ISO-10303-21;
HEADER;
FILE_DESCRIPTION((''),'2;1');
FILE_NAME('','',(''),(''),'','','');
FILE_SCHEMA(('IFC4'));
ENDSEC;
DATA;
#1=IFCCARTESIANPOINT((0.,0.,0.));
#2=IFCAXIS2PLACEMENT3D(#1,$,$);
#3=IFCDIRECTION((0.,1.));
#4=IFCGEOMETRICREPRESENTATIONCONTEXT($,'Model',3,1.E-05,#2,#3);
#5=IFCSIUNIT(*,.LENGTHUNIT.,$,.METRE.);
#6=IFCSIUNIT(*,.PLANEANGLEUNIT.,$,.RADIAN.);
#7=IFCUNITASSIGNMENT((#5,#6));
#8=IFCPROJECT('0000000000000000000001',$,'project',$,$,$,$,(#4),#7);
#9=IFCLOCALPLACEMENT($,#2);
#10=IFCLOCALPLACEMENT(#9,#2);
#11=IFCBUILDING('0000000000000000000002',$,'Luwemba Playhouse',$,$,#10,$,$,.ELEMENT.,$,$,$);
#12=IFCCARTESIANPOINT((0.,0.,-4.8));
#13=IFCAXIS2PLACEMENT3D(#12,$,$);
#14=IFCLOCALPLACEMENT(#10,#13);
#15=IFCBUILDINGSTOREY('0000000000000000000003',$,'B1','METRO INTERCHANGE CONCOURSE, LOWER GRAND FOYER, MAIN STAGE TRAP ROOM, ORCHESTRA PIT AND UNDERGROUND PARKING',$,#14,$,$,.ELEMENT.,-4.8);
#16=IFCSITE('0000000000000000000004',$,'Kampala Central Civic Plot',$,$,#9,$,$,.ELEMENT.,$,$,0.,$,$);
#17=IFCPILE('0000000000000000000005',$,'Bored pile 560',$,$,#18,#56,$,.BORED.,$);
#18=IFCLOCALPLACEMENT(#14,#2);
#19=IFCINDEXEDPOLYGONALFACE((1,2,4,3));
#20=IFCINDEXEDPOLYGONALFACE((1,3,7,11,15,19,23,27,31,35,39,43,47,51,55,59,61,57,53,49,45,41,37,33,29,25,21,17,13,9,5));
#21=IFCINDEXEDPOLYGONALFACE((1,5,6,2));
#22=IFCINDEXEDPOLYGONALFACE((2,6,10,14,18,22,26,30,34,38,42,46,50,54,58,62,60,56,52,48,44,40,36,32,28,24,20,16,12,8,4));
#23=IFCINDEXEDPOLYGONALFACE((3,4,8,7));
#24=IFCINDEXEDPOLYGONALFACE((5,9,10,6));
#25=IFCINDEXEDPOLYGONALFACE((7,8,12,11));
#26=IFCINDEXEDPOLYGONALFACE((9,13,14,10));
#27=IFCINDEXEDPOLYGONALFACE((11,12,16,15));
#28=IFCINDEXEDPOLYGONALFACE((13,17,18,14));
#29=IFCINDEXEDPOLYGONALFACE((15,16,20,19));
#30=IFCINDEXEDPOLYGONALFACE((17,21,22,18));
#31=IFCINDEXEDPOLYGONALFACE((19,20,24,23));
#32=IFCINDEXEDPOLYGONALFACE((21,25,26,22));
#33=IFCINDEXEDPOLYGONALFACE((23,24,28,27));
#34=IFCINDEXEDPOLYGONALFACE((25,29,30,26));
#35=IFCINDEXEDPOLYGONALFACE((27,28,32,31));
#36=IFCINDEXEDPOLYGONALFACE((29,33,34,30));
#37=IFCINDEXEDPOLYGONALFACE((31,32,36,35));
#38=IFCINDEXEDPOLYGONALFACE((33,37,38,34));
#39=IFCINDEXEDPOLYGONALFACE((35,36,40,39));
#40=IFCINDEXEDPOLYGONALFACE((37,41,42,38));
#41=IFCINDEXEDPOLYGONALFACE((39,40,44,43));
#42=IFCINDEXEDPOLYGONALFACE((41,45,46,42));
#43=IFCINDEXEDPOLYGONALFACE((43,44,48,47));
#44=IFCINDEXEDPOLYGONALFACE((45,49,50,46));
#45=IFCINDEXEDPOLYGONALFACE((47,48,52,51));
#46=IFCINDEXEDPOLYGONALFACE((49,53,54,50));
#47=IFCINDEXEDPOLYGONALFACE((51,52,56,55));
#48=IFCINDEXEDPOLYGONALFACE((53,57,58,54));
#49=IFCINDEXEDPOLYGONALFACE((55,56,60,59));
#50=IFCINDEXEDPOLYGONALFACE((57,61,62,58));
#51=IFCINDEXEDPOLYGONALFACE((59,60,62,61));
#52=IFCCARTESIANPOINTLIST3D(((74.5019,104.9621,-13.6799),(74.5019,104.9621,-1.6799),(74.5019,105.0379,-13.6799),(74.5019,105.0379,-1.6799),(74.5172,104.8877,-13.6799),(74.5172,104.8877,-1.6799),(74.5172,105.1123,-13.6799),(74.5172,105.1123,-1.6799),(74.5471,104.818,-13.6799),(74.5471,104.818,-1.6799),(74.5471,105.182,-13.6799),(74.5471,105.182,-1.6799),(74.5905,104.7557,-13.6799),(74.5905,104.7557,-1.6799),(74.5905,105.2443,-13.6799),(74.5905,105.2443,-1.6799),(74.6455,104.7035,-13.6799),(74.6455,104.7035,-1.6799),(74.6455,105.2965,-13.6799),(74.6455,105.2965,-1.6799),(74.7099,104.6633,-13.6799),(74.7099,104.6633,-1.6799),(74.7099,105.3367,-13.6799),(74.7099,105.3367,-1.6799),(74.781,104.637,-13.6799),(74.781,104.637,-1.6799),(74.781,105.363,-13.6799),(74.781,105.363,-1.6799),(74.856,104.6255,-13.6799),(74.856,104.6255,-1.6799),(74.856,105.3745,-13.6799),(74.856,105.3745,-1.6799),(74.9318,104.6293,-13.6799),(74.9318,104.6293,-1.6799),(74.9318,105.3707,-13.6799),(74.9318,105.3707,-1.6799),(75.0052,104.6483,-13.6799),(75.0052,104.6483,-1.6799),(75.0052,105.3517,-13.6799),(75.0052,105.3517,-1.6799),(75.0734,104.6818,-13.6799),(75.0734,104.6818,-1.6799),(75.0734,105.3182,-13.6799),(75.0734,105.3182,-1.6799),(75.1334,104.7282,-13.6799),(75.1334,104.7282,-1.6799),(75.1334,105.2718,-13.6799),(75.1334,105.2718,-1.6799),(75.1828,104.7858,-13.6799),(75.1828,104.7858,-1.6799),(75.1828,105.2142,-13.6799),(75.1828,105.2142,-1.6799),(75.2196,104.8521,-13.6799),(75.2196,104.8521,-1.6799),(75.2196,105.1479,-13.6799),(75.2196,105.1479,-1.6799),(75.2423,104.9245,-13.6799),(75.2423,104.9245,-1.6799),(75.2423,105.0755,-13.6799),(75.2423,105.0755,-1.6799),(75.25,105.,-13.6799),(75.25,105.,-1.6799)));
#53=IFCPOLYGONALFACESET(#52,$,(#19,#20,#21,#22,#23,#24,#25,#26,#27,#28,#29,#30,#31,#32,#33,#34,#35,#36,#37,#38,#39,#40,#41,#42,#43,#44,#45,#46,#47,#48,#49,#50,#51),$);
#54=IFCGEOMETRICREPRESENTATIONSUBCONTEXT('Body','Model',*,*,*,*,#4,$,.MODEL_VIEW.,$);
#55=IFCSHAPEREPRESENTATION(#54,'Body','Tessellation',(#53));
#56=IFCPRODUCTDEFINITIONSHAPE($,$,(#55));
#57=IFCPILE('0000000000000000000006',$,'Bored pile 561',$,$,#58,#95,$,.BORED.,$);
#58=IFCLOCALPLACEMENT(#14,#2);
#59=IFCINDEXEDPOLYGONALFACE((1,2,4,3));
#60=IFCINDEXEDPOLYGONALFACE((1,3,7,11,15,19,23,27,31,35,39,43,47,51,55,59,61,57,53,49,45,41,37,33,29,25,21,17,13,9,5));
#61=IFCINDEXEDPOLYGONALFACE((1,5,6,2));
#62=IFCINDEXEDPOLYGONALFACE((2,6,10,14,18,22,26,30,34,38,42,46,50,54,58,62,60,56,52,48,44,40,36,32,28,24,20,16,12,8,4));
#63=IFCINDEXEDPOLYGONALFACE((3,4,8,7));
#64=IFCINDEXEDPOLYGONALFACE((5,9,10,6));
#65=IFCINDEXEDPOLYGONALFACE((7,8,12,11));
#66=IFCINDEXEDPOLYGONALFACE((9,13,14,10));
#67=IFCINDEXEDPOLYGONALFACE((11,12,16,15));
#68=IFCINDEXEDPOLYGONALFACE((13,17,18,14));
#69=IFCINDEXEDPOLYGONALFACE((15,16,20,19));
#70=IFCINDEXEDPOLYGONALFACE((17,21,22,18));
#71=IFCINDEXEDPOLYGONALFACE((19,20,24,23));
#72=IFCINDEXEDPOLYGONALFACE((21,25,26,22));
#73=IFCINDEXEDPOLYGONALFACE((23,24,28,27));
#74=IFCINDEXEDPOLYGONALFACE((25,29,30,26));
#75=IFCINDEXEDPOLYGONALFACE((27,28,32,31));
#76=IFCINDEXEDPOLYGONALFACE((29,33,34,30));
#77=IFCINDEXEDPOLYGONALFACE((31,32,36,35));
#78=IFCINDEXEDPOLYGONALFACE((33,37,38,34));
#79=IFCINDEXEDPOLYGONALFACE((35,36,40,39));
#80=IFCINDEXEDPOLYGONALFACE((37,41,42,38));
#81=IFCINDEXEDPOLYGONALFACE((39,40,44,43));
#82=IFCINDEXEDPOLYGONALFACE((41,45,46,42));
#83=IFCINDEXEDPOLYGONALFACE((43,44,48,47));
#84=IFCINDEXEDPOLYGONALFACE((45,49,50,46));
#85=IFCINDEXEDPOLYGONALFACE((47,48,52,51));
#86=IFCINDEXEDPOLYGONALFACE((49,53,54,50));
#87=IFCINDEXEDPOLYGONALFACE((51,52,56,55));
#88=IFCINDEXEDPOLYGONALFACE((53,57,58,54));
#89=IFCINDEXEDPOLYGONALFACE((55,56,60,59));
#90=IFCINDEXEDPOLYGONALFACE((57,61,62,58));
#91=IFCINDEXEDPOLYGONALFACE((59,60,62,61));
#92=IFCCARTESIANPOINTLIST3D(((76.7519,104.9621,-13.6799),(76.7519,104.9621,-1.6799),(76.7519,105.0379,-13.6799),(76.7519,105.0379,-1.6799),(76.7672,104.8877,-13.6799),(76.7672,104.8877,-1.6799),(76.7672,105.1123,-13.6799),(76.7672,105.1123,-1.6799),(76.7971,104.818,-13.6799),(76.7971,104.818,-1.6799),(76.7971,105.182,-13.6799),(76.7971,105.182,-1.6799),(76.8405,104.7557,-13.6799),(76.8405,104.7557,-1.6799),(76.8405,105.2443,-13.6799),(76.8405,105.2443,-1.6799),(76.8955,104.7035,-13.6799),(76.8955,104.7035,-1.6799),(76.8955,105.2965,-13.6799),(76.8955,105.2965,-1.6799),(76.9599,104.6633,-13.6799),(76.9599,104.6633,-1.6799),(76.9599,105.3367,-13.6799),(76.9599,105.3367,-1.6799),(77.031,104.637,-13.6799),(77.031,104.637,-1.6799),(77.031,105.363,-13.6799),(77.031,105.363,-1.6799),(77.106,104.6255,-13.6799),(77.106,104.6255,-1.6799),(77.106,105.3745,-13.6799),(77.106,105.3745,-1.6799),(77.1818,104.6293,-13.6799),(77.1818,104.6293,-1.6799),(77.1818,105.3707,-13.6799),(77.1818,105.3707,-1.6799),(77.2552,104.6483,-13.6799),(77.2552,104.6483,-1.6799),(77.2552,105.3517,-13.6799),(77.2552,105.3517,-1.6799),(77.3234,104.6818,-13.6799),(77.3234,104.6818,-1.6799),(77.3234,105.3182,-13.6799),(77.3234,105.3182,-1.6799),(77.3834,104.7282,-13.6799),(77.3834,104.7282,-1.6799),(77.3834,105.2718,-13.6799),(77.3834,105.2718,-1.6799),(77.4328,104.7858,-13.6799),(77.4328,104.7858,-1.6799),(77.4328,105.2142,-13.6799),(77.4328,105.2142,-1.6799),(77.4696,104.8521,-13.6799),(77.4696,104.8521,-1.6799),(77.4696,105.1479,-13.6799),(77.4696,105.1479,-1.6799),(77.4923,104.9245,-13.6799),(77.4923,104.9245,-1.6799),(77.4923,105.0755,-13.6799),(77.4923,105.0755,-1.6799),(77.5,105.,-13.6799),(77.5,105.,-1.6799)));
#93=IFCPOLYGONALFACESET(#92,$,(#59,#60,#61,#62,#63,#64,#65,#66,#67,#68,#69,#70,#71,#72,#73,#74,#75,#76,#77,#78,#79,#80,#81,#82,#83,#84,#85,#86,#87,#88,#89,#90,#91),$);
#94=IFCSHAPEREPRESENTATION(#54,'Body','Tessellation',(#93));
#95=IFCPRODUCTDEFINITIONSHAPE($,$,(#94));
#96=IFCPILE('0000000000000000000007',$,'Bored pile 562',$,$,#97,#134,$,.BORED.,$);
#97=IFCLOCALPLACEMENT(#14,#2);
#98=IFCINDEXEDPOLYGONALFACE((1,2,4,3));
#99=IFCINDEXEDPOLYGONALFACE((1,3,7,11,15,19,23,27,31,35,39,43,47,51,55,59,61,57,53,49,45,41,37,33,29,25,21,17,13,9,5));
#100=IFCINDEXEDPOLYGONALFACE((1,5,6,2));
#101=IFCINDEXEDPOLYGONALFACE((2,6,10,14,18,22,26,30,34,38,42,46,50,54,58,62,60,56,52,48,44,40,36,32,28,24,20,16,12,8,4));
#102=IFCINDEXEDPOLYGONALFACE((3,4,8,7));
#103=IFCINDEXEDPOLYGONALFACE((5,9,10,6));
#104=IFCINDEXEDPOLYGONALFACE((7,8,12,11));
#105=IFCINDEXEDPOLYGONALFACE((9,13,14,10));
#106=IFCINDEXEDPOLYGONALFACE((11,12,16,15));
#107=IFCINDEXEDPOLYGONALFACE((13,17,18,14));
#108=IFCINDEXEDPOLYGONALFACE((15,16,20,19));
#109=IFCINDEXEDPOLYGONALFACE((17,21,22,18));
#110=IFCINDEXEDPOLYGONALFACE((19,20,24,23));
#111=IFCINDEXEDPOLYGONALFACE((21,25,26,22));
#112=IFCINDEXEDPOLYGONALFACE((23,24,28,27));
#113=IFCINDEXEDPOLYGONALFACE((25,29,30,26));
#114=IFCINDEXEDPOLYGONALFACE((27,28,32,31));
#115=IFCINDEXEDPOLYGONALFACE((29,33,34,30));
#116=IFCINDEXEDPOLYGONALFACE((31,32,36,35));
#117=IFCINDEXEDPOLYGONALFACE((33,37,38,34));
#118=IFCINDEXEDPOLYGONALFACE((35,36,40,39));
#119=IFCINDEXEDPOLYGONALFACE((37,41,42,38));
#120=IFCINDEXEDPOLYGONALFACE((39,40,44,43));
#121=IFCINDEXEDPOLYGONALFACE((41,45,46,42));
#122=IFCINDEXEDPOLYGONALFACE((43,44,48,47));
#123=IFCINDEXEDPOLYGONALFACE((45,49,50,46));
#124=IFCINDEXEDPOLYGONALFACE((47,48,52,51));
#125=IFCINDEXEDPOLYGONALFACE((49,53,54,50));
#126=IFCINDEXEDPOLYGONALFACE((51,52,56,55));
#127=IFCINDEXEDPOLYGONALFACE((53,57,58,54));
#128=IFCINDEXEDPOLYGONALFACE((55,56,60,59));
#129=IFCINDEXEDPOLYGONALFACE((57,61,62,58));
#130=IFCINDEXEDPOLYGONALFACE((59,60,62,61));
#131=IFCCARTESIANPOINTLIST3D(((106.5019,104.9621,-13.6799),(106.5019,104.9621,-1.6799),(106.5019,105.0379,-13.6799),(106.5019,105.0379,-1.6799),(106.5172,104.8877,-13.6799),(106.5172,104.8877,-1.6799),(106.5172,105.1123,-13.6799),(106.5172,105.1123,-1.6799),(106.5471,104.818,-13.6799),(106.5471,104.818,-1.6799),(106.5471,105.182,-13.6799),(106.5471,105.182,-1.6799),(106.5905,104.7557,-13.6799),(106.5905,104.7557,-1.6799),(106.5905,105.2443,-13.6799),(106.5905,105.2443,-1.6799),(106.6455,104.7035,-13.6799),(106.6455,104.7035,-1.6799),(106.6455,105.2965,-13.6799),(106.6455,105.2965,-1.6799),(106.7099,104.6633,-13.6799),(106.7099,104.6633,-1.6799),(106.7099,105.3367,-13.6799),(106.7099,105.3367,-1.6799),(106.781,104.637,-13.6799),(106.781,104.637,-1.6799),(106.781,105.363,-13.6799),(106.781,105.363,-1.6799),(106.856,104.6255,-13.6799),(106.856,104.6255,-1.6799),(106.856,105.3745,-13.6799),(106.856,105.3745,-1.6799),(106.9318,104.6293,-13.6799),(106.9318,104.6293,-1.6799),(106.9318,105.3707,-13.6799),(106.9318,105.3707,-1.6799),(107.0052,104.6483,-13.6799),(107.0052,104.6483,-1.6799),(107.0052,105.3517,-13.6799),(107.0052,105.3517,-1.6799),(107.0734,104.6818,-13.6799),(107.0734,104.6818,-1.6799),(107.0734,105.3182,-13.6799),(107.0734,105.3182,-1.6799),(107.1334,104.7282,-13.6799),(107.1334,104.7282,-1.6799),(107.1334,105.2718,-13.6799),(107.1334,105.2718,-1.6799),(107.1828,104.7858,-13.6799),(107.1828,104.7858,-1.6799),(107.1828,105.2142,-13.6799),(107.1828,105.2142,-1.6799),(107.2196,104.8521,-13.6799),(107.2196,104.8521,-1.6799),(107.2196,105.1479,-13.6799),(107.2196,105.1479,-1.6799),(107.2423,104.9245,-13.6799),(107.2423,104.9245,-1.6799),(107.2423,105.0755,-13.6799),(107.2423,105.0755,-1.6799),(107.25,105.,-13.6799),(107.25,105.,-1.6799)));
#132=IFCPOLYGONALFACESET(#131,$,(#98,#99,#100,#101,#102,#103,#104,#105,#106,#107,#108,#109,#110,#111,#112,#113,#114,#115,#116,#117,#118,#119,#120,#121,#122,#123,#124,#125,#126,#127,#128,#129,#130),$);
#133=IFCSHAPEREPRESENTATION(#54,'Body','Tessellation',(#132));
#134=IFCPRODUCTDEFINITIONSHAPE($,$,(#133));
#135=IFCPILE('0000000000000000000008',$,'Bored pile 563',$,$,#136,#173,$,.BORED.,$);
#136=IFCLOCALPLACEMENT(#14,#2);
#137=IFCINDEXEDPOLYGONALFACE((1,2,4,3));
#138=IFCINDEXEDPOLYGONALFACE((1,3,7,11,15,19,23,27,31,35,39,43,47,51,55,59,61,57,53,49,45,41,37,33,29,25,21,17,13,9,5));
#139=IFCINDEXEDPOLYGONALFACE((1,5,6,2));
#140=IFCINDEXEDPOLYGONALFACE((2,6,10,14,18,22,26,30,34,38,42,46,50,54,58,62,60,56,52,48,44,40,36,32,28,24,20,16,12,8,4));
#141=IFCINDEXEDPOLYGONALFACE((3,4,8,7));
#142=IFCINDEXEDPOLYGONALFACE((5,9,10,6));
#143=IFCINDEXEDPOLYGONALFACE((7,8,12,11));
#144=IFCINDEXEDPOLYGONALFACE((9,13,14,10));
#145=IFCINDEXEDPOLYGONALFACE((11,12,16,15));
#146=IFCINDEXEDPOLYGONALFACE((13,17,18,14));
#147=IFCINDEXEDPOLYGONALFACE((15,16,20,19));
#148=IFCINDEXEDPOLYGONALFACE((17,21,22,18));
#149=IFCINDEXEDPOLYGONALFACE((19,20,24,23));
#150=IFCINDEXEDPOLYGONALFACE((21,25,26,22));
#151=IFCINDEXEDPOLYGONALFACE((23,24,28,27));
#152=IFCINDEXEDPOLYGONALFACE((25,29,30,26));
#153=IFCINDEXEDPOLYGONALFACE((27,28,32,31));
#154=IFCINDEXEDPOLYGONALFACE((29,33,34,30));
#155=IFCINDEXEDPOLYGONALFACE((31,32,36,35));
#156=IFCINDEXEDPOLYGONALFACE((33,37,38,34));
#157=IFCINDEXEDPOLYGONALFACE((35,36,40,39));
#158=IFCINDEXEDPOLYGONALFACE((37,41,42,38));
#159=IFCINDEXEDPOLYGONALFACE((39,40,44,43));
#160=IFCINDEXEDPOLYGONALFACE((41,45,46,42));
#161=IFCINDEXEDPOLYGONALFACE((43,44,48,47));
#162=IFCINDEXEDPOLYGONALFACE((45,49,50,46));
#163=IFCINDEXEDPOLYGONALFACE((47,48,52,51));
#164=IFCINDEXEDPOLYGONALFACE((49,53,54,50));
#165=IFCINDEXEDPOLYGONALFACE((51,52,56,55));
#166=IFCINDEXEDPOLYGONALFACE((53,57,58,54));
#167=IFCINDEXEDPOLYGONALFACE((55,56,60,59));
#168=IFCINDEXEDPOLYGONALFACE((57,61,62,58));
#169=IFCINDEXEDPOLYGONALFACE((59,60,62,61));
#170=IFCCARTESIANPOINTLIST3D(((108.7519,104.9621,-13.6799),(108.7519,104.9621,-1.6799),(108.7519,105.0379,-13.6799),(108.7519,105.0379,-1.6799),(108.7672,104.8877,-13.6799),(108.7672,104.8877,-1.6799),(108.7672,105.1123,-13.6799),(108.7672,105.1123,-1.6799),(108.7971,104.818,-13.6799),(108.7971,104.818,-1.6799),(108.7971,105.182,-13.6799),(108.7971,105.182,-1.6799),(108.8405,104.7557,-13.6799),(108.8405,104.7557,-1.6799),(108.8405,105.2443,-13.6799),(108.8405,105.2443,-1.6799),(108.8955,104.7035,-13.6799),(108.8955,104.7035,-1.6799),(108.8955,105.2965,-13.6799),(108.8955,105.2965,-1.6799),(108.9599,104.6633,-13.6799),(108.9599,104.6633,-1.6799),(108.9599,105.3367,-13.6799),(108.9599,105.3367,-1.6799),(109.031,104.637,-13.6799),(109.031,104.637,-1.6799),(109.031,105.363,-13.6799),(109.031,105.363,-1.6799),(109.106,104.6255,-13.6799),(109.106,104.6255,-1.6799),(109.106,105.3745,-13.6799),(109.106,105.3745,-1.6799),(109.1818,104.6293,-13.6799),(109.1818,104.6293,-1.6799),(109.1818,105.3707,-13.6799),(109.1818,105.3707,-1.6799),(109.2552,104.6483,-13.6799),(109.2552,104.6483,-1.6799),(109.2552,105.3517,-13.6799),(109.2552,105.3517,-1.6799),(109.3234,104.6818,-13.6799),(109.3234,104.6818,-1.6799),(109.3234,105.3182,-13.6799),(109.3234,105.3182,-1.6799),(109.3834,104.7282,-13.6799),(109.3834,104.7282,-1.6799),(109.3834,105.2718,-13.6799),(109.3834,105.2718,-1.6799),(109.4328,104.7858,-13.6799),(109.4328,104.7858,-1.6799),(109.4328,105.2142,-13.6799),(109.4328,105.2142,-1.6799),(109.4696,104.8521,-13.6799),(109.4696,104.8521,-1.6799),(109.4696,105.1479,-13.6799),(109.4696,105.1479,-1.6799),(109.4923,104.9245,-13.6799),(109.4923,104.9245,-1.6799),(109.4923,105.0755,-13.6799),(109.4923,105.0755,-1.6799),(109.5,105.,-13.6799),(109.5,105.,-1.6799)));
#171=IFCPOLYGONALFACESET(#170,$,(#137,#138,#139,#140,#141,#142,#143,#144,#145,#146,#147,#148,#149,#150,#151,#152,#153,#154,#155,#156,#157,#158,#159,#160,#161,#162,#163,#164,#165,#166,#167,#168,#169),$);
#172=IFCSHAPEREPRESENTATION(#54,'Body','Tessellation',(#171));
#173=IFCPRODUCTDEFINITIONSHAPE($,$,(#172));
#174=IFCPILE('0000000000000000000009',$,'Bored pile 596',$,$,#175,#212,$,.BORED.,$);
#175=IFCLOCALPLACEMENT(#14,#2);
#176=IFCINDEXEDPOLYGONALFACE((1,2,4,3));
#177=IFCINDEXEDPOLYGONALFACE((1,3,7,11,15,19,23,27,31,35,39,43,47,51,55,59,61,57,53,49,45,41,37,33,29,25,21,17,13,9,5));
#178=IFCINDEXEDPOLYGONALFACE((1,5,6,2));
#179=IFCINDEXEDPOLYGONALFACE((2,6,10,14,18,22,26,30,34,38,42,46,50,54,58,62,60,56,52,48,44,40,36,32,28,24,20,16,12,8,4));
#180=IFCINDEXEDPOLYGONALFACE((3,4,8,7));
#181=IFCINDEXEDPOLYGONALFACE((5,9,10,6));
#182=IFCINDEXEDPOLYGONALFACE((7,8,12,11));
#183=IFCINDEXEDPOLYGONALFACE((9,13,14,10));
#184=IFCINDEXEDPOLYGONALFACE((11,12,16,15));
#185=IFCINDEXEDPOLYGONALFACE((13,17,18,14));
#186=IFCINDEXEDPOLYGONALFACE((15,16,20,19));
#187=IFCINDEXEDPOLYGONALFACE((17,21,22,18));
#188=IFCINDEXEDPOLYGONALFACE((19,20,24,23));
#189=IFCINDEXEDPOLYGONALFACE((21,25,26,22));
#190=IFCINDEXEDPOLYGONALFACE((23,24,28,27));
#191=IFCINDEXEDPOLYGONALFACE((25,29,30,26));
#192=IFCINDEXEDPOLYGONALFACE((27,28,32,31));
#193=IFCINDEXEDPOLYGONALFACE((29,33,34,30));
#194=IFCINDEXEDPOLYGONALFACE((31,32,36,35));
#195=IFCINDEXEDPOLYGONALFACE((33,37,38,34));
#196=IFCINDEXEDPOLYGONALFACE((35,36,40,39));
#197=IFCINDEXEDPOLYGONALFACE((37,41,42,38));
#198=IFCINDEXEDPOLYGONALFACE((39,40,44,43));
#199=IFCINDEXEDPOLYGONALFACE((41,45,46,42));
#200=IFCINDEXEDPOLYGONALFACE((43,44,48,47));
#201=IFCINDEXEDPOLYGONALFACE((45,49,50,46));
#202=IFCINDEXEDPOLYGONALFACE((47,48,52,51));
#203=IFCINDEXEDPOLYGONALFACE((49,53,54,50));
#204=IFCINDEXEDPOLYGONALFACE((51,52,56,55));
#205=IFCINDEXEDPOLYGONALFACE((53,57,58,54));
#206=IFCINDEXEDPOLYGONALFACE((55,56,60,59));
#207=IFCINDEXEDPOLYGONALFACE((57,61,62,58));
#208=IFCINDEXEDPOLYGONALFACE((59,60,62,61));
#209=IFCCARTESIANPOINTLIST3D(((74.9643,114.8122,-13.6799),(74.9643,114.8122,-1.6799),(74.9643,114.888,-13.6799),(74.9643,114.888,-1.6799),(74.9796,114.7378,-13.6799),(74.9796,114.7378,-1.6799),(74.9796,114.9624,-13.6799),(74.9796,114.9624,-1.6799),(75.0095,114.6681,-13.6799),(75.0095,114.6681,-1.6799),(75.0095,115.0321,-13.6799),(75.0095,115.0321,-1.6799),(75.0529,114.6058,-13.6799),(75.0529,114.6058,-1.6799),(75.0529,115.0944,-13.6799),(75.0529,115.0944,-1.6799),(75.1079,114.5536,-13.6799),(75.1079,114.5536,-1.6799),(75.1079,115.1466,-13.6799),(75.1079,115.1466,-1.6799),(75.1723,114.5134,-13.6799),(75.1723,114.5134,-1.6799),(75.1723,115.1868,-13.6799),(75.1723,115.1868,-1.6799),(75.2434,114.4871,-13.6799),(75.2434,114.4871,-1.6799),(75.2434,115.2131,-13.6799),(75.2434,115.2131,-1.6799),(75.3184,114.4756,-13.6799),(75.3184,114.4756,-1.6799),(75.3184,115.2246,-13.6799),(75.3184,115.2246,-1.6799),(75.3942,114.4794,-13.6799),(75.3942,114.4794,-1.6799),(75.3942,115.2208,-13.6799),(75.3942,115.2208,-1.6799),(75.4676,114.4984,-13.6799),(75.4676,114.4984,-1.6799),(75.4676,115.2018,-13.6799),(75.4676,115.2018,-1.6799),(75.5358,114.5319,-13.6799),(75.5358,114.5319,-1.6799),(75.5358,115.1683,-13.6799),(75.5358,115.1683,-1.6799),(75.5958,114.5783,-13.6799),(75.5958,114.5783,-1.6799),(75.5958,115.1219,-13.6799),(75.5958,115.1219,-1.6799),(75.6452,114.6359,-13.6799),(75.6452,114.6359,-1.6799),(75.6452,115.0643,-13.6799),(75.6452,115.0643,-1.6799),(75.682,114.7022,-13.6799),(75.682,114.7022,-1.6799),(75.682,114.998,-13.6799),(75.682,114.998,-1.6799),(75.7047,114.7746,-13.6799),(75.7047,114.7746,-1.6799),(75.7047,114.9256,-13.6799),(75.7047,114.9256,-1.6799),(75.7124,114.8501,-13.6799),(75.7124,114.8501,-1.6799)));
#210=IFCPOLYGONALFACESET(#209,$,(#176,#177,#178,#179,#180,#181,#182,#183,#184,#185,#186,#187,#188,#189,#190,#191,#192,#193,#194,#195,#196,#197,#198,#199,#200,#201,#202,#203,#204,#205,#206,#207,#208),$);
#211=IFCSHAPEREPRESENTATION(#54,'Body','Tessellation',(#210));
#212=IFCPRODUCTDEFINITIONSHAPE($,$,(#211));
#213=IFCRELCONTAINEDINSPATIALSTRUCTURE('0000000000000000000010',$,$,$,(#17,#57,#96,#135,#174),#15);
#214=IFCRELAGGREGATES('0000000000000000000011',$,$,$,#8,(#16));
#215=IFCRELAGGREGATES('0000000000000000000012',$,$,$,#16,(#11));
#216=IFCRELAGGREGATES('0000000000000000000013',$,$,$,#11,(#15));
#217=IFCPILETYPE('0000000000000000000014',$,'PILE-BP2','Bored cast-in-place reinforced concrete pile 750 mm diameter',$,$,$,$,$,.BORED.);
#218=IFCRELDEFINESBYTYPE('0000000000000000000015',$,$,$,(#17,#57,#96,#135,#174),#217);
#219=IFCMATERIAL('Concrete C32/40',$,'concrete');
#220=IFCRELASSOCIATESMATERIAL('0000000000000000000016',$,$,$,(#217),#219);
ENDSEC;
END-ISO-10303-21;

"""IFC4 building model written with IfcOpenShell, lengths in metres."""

from ifc_helpers import new_model, si_unit, direction, frame, origin, origin_2d, place, context, subcontext, project, spatial, circle, extrude, material, material_profile, profile_set, type_object, element, save


model = new_model("IFC4")

# Units and contexts
model_context = context("Model", 3, precision=1e-05, world=origin(), true_north=direction((0.0, 1.0)))
body_context = subcontext(model_context, "Body", "Model", "MODEL_VIEW")
ifc_project = project(units=[si_unit("LENGTHUNIT", "METRE"), si_unit("PLANEANGLEUNIT", "RADIAN")], contexts=[model_context])

# Site, building, storey
site_placement = place(None, origin())
site = spatial("IfcSite", under=ifc_project, at=site_placement, Name="Kampala Central Civic Plot", CompositionType="ELEMENT", RefElevation=0.0)
building_placement = place(site_placement, origin())
building = spatial("IfcBuilding", under=site, at=building_placement, Name="Luwemba Playhouse", CompositionType="ELEMENT")
storey_placement = place(building_placement, frame((0.0, 0.0, -4.8)))
storey = spatial("IfcBuildingStorey", under=building, at=storey_placement, Name="B1", Description="METRO INTERCHANGE CONCOURSE, LOWER GRAND FOYER, MAIN STAGE TRAP ROOM, ORCHESTRA PIT AND UNDERGROUND PARKING", CompositionType="ELEMENT", Elevation=-4.8)

# Shared definitions
ifc_material_1 = material(Name="Concrete C32/40", Category="concrete")

# Piles
ifc_material_profile_1 = material_profile(ifc_material_1, circle(Radius=0.375, at=origin_2d()))
ifc_profile_set_1 = profile_set([ifc_material_profile_1], Name="Concrete C32/40")
pile_type_1 = type_object("IfcPileType", Name="PILE-BP2", Description="Bored cast-in-place reinforced concrete pile 750 mm diameter", PredefinedType="BORED", material=ifc_profile_set_1)
for number, where, z_axis, x_axis, name in (
    (1, (74.875, 105.0, -1.6799), (0.0, 0.0, -1.0), (1.0, 0.0, 0.0), "Bored pile 560"),
    (2, (77.125, 105.0, -1.6799), (0.0, 0.0, -1.0), (1.0, 0.0, 0.0), "Bored pile 561"),
    (3, (106.875, 105.0, -1.6799), (0.0, 0.0, -1.0), (1.0, 0.0, 0.0), "Bored pile 562"),
    (4, (109.125, 105.0, -1.6799), (0.0, 0.0, -1.0), (1.0, 0.0, 0.0), "Bored pile 563"),
    (5, (75.3374, 114.8501, -1.6799), (0.0, 0.0, -1.0), (1.0, 0.0, 0.0), "Bored pile 596"),
):
    element("IfcPile", number, at=place(storey_placement, frame(where, z_axis=z_axis, x_axis=x_axis)), inside=storey, type_object=pile_type_1, Name=name, PredefinedType="BORED", context=body_context, shape_type="SweptSolid", body=[
        extrude(circle(Radius=0.375, at=origin_2d()), origin(), (0.0, 0.0, 1.0), 12.0),
    ])

save(model, "model.ifc")
